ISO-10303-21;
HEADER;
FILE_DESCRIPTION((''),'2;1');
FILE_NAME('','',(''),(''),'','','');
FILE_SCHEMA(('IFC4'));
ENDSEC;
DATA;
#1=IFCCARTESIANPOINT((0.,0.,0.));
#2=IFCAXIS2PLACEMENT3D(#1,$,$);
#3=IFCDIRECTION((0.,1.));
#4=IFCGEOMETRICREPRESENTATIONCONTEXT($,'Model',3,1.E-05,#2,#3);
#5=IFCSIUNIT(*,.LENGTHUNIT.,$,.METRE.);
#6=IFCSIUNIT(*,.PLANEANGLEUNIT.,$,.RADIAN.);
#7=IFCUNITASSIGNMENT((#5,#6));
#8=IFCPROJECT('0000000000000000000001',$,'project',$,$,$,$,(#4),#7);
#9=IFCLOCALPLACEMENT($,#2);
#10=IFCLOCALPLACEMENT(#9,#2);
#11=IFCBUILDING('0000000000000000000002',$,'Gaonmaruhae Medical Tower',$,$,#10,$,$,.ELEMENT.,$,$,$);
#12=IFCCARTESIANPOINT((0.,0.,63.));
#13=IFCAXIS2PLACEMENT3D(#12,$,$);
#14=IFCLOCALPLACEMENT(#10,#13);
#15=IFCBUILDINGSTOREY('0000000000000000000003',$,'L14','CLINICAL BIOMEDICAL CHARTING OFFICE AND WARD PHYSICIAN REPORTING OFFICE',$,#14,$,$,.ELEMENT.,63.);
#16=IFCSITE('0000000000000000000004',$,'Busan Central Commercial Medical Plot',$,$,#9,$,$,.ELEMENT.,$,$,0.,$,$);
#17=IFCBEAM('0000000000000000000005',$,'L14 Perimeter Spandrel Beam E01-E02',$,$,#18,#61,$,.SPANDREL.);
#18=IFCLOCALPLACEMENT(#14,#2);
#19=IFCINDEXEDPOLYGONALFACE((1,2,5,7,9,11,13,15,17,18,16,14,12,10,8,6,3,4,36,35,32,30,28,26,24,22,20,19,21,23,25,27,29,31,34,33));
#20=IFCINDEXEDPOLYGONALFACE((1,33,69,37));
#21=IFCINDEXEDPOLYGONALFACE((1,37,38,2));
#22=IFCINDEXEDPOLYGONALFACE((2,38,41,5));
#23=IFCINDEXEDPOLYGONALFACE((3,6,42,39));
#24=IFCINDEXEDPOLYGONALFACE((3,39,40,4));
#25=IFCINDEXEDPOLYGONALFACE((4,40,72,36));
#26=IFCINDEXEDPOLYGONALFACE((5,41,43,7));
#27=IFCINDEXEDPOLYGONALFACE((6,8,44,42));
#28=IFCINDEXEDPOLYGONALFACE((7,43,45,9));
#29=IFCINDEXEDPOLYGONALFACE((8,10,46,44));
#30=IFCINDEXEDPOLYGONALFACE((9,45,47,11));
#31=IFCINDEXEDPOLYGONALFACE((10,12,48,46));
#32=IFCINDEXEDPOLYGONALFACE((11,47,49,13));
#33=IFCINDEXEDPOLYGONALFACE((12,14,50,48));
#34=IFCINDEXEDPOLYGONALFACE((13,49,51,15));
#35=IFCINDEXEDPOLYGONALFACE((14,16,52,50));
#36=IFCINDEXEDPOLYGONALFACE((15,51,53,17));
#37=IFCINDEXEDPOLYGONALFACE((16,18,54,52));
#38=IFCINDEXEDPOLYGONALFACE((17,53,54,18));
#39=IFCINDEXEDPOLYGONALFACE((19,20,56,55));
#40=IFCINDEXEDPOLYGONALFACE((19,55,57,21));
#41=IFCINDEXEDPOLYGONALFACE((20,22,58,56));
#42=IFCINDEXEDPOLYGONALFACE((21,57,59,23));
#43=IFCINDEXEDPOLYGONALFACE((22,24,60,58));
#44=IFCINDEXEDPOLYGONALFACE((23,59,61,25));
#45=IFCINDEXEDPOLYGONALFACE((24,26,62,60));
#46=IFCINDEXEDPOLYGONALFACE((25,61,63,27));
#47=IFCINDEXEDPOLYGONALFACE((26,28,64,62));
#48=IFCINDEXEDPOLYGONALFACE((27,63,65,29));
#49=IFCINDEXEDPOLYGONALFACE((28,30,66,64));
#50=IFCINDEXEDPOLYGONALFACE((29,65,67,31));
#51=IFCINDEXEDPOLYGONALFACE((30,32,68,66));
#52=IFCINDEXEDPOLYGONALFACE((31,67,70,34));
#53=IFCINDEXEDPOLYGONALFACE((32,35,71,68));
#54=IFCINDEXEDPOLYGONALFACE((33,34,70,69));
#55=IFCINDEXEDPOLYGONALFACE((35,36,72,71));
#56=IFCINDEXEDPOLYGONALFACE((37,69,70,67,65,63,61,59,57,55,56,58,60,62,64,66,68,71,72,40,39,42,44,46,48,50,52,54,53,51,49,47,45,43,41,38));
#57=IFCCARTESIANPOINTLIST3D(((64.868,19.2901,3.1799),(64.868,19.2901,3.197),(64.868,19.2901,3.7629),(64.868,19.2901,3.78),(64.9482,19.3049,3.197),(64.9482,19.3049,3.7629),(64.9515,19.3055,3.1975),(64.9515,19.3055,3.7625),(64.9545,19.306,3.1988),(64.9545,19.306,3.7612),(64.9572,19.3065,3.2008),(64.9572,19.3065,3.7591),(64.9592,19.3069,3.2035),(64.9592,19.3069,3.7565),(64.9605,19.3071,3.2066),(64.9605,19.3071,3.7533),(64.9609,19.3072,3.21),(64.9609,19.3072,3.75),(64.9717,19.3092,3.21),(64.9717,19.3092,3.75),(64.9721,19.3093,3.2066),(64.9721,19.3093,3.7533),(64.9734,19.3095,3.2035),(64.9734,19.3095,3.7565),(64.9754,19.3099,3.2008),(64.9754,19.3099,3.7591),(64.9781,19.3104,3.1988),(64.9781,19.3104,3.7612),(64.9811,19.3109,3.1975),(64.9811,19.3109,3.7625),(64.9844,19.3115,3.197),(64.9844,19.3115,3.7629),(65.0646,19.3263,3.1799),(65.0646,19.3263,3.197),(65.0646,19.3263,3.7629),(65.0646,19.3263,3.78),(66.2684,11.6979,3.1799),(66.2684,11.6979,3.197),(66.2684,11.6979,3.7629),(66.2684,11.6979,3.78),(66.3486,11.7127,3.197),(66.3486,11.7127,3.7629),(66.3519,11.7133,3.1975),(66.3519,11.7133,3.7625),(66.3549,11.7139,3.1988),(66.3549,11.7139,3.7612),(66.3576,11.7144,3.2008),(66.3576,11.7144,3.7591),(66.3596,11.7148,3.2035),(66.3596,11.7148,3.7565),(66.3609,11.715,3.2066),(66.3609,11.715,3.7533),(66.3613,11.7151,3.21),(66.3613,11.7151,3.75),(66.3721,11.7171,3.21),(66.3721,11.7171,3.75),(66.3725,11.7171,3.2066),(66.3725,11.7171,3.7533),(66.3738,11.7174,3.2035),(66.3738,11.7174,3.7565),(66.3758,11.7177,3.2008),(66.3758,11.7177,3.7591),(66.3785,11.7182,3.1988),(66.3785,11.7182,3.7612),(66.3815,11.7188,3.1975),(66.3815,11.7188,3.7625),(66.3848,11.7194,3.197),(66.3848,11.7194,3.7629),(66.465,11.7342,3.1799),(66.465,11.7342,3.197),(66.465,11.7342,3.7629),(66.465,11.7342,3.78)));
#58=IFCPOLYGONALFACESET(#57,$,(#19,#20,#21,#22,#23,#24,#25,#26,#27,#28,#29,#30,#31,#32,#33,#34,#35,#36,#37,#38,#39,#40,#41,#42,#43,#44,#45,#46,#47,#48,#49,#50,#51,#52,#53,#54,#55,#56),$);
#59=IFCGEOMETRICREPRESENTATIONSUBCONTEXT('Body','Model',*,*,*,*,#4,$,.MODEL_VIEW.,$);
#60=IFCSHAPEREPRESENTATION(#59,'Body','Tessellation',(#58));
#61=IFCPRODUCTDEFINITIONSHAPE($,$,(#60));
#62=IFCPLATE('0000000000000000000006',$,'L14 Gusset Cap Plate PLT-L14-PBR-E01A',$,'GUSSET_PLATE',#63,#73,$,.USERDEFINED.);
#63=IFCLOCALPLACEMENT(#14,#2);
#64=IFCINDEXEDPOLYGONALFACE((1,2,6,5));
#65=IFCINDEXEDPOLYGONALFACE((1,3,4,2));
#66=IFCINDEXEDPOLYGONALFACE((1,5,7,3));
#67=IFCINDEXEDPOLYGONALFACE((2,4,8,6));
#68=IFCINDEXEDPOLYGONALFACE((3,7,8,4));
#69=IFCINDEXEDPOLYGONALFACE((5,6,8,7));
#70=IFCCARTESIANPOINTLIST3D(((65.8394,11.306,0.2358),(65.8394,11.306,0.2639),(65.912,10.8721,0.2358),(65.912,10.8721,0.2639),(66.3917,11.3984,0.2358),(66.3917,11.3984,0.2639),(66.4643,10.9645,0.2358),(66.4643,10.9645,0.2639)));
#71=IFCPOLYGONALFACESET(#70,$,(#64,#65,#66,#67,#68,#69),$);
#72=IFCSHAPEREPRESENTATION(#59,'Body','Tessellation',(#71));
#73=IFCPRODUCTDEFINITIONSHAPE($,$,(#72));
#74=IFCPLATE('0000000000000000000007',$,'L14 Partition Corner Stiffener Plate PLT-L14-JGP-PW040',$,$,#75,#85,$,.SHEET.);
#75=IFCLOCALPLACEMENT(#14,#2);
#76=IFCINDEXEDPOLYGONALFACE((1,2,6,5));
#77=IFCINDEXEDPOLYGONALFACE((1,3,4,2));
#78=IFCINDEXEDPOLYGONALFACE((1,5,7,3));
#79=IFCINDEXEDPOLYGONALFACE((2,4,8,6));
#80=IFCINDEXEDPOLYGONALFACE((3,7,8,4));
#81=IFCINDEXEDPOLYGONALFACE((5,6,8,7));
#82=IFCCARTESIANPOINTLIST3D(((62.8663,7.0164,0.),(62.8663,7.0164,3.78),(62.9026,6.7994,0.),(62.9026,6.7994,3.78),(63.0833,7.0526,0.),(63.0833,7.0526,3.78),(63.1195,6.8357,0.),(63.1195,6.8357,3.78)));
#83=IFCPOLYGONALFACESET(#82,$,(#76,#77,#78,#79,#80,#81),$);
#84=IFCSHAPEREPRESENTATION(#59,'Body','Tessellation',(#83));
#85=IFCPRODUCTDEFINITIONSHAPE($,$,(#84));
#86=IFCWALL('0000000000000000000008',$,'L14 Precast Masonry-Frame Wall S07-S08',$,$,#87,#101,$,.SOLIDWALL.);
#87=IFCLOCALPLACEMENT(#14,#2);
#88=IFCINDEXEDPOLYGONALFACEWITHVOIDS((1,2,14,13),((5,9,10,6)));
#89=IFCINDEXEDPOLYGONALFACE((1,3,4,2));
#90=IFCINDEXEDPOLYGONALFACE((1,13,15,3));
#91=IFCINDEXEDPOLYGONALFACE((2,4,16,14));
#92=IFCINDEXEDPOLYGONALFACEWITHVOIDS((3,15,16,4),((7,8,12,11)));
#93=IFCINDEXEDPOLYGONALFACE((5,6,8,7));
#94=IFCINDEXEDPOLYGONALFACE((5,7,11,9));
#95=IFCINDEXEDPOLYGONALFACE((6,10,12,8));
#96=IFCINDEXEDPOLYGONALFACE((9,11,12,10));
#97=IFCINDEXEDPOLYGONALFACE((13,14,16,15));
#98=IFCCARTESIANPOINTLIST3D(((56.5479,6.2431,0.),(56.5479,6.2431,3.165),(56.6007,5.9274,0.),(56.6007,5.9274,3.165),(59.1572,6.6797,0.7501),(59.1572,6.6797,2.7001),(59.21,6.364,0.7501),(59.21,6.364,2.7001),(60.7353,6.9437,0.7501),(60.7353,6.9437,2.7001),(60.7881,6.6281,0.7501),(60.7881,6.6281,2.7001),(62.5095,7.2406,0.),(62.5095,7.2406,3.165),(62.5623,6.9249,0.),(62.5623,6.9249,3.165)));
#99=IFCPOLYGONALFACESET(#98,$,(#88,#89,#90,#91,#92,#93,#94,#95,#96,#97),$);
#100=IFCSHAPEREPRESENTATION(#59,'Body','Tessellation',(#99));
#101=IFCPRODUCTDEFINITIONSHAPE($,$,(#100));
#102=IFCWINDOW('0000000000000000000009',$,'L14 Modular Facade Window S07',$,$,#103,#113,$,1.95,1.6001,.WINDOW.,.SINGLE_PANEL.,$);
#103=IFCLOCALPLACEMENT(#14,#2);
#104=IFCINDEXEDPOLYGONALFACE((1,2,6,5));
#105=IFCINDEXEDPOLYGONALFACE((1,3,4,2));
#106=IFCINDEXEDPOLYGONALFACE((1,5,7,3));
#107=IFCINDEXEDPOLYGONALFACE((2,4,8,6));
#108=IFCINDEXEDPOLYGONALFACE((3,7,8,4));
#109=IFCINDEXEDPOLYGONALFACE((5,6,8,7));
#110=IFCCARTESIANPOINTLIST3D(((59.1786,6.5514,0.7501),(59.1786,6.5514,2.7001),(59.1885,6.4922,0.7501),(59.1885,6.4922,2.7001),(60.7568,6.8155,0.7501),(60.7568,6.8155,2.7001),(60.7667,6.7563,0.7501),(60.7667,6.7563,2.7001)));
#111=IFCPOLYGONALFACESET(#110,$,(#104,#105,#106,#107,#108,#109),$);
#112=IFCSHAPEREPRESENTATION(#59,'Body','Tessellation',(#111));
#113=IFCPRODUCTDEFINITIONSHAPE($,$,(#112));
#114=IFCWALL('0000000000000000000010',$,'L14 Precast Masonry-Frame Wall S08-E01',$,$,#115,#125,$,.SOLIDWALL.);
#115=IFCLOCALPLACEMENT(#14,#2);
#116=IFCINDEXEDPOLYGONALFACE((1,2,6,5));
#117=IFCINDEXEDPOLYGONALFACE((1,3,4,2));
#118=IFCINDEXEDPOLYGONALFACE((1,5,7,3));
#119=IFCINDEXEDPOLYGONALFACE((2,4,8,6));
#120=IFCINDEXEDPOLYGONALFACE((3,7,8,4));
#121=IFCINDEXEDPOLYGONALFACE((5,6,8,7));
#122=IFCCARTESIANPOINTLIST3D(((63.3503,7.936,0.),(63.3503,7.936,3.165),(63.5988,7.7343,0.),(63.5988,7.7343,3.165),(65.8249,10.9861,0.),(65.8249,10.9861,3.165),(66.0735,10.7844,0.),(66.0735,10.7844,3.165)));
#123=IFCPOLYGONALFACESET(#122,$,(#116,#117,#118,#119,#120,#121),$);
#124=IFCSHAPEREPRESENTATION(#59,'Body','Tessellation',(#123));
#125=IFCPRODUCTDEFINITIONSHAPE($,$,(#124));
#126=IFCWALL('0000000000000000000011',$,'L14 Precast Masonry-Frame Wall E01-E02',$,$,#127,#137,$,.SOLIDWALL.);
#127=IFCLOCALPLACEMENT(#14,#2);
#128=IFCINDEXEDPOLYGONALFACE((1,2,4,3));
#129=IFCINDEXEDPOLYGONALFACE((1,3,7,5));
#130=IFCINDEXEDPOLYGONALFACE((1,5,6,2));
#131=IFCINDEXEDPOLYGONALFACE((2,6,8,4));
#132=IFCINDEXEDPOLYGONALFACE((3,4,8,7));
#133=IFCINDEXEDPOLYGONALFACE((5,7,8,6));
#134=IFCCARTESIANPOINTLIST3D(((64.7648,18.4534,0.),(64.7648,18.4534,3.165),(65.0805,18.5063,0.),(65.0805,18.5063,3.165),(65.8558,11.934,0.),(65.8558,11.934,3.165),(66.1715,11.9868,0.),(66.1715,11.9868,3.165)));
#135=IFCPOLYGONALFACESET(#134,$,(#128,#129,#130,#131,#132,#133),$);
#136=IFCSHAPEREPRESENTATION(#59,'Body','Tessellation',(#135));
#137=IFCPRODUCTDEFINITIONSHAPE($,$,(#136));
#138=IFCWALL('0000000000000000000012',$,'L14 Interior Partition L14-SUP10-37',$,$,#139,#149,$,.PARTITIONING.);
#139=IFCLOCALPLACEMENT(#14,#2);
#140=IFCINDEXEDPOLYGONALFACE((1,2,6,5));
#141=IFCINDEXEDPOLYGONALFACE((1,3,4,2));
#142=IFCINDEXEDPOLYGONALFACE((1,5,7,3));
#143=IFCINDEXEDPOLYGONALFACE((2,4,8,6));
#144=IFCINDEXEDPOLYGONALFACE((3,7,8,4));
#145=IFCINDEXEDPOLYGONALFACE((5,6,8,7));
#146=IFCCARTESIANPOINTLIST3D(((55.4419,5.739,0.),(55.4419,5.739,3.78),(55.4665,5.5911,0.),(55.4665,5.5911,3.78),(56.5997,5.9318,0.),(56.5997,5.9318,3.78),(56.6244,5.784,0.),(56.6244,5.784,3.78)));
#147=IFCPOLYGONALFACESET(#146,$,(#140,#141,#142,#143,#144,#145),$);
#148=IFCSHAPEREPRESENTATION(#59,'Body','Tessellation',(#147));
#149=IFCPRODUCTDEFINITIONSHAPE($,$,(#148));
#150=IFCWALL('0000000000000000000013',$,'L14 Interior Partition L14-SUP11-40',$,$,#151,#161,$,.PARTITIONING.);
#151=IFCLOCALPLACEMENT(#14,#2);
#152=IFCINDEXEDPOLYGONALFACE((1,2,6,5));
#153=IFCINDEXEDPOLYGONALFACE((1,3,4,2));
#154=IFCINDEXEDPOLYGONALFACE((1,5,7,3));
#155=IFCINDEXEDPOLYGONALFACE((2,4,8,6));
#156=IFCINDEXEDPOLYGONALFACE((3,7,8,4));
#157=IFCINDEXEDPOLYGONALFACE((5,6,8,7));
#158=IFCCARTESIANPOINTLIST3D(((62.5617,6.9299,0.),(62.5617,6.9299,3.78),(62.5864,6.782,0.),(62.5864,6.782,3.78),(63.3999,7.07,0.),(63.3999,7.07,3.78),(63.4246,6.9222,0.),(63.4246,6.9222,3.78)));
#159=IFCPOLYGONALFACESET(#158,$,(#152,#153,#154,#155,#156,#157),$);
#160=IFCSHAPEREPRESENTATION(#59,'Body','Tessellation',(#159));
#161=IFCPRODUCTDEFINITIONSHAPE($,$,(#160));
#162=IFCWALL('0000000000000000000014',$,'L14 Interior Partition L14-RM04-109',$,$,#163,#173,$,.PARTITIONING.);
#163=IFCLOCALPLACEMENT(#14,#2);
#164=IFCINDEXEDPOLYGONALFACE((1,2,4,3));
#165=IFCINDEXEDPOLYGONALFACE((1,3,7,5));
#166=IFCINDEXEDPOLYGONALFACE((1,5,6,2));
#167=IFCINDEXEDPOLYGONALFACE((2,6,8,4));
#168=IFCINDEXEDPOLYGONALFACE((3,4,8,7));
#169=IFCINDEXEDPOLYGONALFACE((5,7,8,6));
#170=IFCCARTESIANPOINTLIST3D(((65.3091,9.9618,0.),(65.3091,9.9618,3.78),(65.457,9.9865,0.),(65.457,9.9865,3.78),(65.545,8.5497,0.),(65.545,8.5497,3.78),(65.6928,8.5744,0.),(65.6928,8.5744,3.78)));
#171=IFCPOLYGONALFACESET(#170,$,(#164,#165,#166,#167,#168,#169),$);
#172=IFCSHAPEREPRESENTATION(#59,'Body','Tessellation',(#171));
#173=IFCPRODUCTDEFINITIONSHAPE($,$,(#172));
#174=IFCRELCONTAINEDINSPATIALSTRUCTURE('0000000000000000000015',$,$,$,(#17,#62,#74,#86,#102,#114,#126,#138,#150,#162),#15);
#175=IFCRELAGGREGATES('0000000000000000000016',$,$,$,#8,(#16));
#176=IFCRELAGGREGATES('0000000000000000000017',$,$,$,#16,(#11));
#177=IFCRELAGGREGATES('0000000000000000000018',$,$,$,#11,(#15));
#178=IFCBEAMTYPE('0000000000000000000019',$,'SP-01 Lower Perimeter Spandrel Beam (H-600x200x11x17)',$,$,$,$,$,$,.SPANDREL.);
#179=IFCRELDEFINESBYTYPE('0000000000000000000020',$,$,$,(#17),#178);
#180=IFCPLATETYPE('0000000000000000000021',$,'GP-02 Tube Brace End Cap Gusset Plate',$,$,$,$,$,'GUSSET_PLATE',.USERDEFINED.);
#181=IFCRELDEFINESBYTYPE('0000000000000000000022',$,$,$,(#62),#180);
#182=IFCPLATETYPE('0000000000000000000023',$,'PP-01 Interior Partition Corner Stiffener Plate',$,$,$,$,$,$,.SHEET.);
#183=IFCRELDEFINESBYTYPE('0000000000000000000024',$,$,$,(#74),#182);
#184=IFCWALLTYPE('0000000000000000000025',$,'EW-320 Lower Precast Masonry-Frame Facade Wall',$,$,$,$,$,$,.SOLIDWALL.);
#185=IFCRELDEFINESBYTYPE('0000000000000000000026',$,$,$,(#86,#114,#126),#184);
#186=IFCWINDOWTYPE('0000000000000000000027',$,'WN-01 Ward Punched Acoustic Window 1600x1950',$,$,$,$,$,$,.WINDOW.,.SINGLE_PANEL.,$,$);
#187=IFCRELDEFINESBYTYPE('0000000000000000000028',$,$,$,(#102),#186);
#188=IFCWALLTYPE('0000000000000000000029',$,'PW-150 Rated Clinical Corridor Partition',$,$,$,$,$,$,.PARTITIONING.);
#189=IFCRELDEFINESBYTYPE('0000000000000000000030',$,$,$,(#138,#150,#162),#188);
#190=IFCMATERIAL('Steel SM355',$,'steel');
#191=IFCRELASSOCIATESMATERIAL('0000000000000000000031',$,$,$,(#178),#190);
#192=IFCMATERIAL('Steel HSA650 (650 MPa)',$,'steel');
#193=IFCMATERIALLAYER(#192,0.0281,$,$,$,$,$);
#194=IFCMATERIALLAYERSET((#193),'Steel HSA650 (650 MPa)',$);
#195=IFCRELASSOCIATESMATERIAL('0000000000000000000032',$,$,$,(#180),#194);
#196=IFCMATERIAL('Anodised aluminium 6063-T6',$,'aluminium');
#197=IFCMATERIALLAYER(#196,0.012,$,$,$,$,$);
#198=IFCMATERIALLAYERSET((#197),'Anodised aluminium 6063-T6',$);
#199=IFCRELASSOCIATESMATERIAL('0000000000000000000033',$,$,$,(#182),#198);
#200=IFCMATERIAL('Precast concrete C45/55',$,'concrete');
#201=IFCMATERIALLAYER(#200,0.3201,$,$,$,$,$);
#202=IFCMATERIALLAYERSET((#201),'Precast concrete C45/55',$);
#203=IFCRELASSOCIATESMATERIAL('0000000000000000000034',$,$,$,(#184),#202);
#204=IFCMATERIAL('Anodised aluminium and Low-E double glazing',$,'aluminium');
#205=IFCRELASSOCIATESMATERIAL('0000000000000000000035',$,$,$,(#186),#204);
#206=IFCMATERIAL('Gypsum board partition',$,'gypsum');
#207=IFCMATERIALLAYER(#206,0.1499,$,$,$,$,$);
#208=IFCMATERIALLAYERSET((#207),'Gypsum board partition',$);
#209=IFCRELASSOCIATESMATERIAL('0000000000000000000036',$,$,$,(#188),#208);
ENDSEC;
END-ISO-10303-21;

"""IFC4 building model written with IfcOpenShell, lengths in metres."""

from ifc_helpers import new_model, si_unit, direction, frame, frame_2d, origin, origin_2d, place, context, subcontext, project, spatial, rectangle, i_section, extrude, material, layer, layer_set, material_profile, profile_set, type_object, element, fill, save


model = new_model("IFC4")

# Units and contexts
model_context = context("Model", 3, precision=1e-05, world=origin(), true_north=direction((0.0, 1.0)))
body_context = subcontext(model_context, "Body", "Model", "MODEL_VIEW")
ifc_project = project(units=[si_unit("LENGTHUNIT", "METRE"), si_unit("PLANEANGLEUNIT", "RADIAN")], contexts=[model_context])

# Site, building, storey
site_placement = place(None, origin())
site = spatial("IfcSite", under=ifc_project, at=site_placement, Name="Busan Central Commercial Medical Plot", CompositionType="ELEMENT", RefElevation=0.0)
building_placement = place(site_placement, origin())
building = spatial("IfcBuilding", under=site, at=building_placement, Name="Gaonmaruhae Medical Tower", CompositionType="ELEMENT")
storey_placement = place(building_placement, frame((0.0, 0.0, 63.0)))
storey = spatial("IfcBuildingStorey", under=building, at=storey_placement, Name="L14", Description="CLINICAL BIOMEDICAL CHARTING OFFICE AND WARD PHYSICIAN REPORTING OFFICE", CompositionType="ELEMENT", Elevation=63.0)

# Beam
ifc_material_1 = material(Name="Steel SM355", Category="steel")
ifc_material_profile_1 = material_profile(ifc_material_1, i_section(OverallWidth=0.2, OverallDepth=0.6001, WebThickness=0.011, FlangeThickness=0.0171, FilletRadius=0.0129, at=origin_2d()), Name="H-600x200x11x17")
ifc_profile_set_1 = profile_set([ifc_material_profile_1], Name="Steel SM355")
beam_type = type_object("IfcBeamType", Name="SP-01 Lower Perimeter Spandrel Beam (H-600x200x11x17)", PredefinedType="SPANDREL", material=ifc_profile_set_1)
beam_1_placement = place(storey_placement, frame((66.3667, 11.7161, 3.48), z_axis=(-0.181395, 0.98341, 0.0), x_axis=(-0.98341, -0.181395, 0.0)))
element("IfcBeam", 1, at=beam_1_placement, inside=storey, type_object=beam_type, Name="L14 Perimeter Spandrel Beam E01-E02", PredefinedType="SPANDREL", context=body_context, shape_type="SweptSolid", body=[
    extrude(i_section(OverallWidth=0.2, OverallDepth=0.6001, WebThickness=0.011, FlangeThickness=0.0171, FilletRadius=0.0129, at=origin_2d()), origin(), (0.0, 0.0, 1.0), 7.7202),
])

# Plates
ifc_material_2 = material(Name="Steel HSA650 (650 MPa)", Category="steel")
ifc_layer_1 = layer(ifc_material_2, 0.0281)
ifc_layer_set_1 = layer_set([ifc_layer_1], Name="Steel HSA650 (650 MPa)")
plate_type_1 = type_object("IfcPlateType", Name="GP-02 Tube Brace End Cap Gusset Plate", ElementType="GUSSET_PLATE", PredefinedType="USERDEFINED", material=ifc_layer_set_1)
plate_1_placement = place(storey_placement, frame((66.1519, 11.1353, 0.2358), z_axis=(0.0, 0.0, 1.0), x_axis=(0.986286, 0.165048, 0.0)))
element("IfcPlate", 2, at=plate_1_placement, inside=storey, type_object=plate_type_1, Name="L14 Gusset Cap Plate PLT-L14-PBR-E01A", ObjectType="GUSSET_PLATE", PredefinedType="USERDEFINED", context=body_context, shape_type="SweptSolid", body=[
    extrude(rectangle(XDim=0.5601, YDim=0.4399, at=origin_2d()), origin(), (0.0, 0.0, 1.0), 0.0281),
])
ifc_material_3 = material(Name="Anodised aluminium 6063-T6", Category="aluminium")
ifc_layer_2 = layer(ifc_material_3, 0.012)
ifc_layer_set_2 = layer_set([ifc_layer_2], Name="Anodised aluminium 6063-T6")
plate_type_2 = type_object("IfcPlateType", Name="PP-01 Interior Partition Corner Stiffener Plate", PredefinedType="SHEET", material=ifc_layer_set_2)
plate_2_placement = place(storey_placement, frame((62.9929, 6.926, 0.0), z_axis=(0.0, 0.0, 1.0), x_axis=(-0.986332, -0.164772, 0.0)))
element("IfcPlate", 3, at=plate_2_placement, inside=storey, type_object=plate_type_2, Name="L14 Partition Corner Stiffener Plate PLT-L14-JGP-PW040", PredefinedType="SHEET", context=body_context, shape_type="SweptSolid", body=[
    extrude(rectangle(XDim=0.22, YDim=0.22, at=origin_2d()), origin(), (0.0, 0.0, 1.0), 3.78),
])

# Wall, opening, window
ifc_material_4 = material(Name="Precast concrete C45/55", Category="concrete")
ifc_layer_3 = layer(ifc_material_4, 0.3201)
ifc_layer_set_3 = layer_set([ifc_layer_3], Name="Precast concrete C45/55")
wall_type_1 = type_object("IfcWallType", Name="EW-320 Lower Precast Masonry-Frame Facade Wall", PredefinedType="SOLIDWALL", material=ifc_layer_set_3)
wall_1_placement = place(storey_placement, frame((62.5359, 7.0828, 0.0), z_axis=(0.0, 0.0, 1.0), x_axis=(-0.986288, -0.165034, 0.0)))
wall_1 = element("IfcWall", 4, at=wall_1_placement, inside=storey, type_object=wall_type_1, Name="L14 Precast Masonry-Frame Wall S07-S08", PredefinedType="SOLIDWALL", context=body_context, shape_type="SweptSolid", body=[
    extrude(rectangle(XDim=6.0444, YDim=0.3201, at=frame_2d((3.0222, 0.0))), origin(), (0.0, 0.0, 1.0), 3.165),
])
opening_placement = place(wall_1_placement, frame((1.7988, 0.0, 0.75)))
opening = element("IfcOpeningElement", 5, at=opening_placement, cuts=wall_1, PredefinedType="OPENING", context=body_context, shape_type="SweptSolid", body=[
    extrude(rectangle(XDim=1.6001, YDim=1.95, at=frame_2d((0.8, 0.9751))), frame((0.0, 0.1699, 0.0), z_axis=(0.0, -1.0, 0.0), x_axis=(1.0, 0.0, 0.0)), (0.0, 0.0, 1.0), 0.3401),
])
ifc_material_5 = material(Name="Anodised aluminium and Low-E double glazing", Category="aluminium")
window_type = type_object("IfcWindowType", Name="WN-01 Ward Punched Acoustic Window 1600x1950", PartitioningType="SINGLE_PANEL", PredefinedType="WINDOW", material=ifc_material_5)
window_placement = place(opening_placement, origin())
window = element("IfcWindow", 6, at=window_placement, inside=storey, type_object=window_type, Name="L14 Modular Facade Window S07", OverallHeight=1.95, OverallWidth=1.6001, PartitioningType="SINGLE_PANEL", PredefinedType="WINDOW", context=body_context, shape_type="SweptSolid", body=[
    extrude(rectangle(XDim=1.6001, YDim=1.95, at=frame_2d((0.8, 0.9751))), frame((0.0, 0.03, 0.0), z_axis=(0.0, -1.0, 0.0), x_axis=(1.0, 0.0, 0.0)), (0.0, 0.0, 1.0), 0.0601),
])
fill(opening, window)

# Walls
wall_2_placement = place(storey_placement, frame((65.9492, 10.8853, 0.0), z_axis=(0.0, 0.0, 1.0), x_axis=(-0.630047, -0.776557, 0.0)))
element("IfcWall", 7, at=wall_2_placement, inside=storey, type_object=wall_type_1, Name="L14 Precast Masonry-Frame Wall S08-E01", PredefinedType="SOLIDWALL", context=body_context, shape_type="SweptSolid", body=[
    extrude(rectangle(XDim=3.9277, YDim=0.3201, at=frame_2d((1.9639, 0.0))), origin(), (0.0, 0.0, 1.0), 3.165),
])
wall_3_placement = place(storey_placement, frame((64.9226, 18.48, 0.0), z_axis=(0.0, 0.0, 1.0), x_axis=(0.165058, -0.986284, 0.0)))
element("IfcWall", 8, at=wall_3_placement, inside=storey, type_object=wall_type_1, Name="L14 Precast Masonry-Frame Wall E01-E02", PredefinedType="SOLIDWALL", context=body_context, shape_type="SweptSolid", body=[
    extrude(rectangle(XDim=6.6101, YDim=0.3201, at=frame_2d((3.3052, 0.0))), origin(), (0.0, 0.0, 1.0), 3.165),
])
ifc_material_6 = material(Name="Gypsum board partition", Category="gypsum")
ifc_layer_4 = layer(ifc_material_6, 0.1499)
ifc_layer_set_4 = layer_set([ifc_layer_4], Name="Gypsum board partition")
wall_type_2 = type_object("IfcWallType", Name="PW-150 Rated Clinical Corridor Partition", PredefinedType="PARTITIONING", material=ifc_layer_set_4)
wall_4_placement = place(storey_placement, frame((56.6121, 5.8579, 0.0), z_axis=(0.0, 0.0, 1.0), x_axis=(-0.986411, -0.164298, 0.0)))
element("IfcWall", 9, at=wall_4_placement, inside=storey, type_object=wall_type_2, Name="L14 Interior Partition L14-SUP10-37", PredefinedType="PARTITIONING", context=body_context, shape_type="SweptSolid", body=[
    extrude(rectangle(XDim=1.1738, YDim=0.1499, at=frame_2d((0.5869, 0.0))), origin(), (0.0, 0.0, 1.0), 3.78),
])
wall_5_placement = place(storey_placement, frame((63.4121, 6.9961, 0.0), z_axis=(0.0, 0.0, 1.0), x_axis=(-0.986308, -0.164911, 0.0)))
element("IfcWall", 10, at=wall_5_placement, inside=storey, type_object=wall_type_2, Name="L14 Interior Partition L14-SUP11-40", PredefinedType="PARTITIONING", context=body_context, shape_type="SweptSolid", body=[
    extrude(rectangle(XDim=0.8499, YDim=0.1499, at=frame_2d((0.4248, 0.0))), origin(), (0.0, 0.0, 1.0), 3.78),
])
wall_6_placement = place(storey_placement, frame((65.3831, 9.9741, 0.0), z_axis=(0.0, 0.0, 1.0), x_axis=(0.164731, -0.986339, 0.0)))
element("IfcWall", 11, at=wall_6_placement, inside=storey, type_object=wall_type_2, Name="L14 Interior Partition L14-RM04-109", PredefinedType="PARTITIONING", context=body_context, shape_type="SweptSolid", body=[
    extrude(rectangle(XDim=1.4316, YDim=0.1499, at=frame_2d((0.7158, 0.0))), origin(), (0.0, 0.0, 1.0), 3.78),
])

save(model, "model.ifc")
